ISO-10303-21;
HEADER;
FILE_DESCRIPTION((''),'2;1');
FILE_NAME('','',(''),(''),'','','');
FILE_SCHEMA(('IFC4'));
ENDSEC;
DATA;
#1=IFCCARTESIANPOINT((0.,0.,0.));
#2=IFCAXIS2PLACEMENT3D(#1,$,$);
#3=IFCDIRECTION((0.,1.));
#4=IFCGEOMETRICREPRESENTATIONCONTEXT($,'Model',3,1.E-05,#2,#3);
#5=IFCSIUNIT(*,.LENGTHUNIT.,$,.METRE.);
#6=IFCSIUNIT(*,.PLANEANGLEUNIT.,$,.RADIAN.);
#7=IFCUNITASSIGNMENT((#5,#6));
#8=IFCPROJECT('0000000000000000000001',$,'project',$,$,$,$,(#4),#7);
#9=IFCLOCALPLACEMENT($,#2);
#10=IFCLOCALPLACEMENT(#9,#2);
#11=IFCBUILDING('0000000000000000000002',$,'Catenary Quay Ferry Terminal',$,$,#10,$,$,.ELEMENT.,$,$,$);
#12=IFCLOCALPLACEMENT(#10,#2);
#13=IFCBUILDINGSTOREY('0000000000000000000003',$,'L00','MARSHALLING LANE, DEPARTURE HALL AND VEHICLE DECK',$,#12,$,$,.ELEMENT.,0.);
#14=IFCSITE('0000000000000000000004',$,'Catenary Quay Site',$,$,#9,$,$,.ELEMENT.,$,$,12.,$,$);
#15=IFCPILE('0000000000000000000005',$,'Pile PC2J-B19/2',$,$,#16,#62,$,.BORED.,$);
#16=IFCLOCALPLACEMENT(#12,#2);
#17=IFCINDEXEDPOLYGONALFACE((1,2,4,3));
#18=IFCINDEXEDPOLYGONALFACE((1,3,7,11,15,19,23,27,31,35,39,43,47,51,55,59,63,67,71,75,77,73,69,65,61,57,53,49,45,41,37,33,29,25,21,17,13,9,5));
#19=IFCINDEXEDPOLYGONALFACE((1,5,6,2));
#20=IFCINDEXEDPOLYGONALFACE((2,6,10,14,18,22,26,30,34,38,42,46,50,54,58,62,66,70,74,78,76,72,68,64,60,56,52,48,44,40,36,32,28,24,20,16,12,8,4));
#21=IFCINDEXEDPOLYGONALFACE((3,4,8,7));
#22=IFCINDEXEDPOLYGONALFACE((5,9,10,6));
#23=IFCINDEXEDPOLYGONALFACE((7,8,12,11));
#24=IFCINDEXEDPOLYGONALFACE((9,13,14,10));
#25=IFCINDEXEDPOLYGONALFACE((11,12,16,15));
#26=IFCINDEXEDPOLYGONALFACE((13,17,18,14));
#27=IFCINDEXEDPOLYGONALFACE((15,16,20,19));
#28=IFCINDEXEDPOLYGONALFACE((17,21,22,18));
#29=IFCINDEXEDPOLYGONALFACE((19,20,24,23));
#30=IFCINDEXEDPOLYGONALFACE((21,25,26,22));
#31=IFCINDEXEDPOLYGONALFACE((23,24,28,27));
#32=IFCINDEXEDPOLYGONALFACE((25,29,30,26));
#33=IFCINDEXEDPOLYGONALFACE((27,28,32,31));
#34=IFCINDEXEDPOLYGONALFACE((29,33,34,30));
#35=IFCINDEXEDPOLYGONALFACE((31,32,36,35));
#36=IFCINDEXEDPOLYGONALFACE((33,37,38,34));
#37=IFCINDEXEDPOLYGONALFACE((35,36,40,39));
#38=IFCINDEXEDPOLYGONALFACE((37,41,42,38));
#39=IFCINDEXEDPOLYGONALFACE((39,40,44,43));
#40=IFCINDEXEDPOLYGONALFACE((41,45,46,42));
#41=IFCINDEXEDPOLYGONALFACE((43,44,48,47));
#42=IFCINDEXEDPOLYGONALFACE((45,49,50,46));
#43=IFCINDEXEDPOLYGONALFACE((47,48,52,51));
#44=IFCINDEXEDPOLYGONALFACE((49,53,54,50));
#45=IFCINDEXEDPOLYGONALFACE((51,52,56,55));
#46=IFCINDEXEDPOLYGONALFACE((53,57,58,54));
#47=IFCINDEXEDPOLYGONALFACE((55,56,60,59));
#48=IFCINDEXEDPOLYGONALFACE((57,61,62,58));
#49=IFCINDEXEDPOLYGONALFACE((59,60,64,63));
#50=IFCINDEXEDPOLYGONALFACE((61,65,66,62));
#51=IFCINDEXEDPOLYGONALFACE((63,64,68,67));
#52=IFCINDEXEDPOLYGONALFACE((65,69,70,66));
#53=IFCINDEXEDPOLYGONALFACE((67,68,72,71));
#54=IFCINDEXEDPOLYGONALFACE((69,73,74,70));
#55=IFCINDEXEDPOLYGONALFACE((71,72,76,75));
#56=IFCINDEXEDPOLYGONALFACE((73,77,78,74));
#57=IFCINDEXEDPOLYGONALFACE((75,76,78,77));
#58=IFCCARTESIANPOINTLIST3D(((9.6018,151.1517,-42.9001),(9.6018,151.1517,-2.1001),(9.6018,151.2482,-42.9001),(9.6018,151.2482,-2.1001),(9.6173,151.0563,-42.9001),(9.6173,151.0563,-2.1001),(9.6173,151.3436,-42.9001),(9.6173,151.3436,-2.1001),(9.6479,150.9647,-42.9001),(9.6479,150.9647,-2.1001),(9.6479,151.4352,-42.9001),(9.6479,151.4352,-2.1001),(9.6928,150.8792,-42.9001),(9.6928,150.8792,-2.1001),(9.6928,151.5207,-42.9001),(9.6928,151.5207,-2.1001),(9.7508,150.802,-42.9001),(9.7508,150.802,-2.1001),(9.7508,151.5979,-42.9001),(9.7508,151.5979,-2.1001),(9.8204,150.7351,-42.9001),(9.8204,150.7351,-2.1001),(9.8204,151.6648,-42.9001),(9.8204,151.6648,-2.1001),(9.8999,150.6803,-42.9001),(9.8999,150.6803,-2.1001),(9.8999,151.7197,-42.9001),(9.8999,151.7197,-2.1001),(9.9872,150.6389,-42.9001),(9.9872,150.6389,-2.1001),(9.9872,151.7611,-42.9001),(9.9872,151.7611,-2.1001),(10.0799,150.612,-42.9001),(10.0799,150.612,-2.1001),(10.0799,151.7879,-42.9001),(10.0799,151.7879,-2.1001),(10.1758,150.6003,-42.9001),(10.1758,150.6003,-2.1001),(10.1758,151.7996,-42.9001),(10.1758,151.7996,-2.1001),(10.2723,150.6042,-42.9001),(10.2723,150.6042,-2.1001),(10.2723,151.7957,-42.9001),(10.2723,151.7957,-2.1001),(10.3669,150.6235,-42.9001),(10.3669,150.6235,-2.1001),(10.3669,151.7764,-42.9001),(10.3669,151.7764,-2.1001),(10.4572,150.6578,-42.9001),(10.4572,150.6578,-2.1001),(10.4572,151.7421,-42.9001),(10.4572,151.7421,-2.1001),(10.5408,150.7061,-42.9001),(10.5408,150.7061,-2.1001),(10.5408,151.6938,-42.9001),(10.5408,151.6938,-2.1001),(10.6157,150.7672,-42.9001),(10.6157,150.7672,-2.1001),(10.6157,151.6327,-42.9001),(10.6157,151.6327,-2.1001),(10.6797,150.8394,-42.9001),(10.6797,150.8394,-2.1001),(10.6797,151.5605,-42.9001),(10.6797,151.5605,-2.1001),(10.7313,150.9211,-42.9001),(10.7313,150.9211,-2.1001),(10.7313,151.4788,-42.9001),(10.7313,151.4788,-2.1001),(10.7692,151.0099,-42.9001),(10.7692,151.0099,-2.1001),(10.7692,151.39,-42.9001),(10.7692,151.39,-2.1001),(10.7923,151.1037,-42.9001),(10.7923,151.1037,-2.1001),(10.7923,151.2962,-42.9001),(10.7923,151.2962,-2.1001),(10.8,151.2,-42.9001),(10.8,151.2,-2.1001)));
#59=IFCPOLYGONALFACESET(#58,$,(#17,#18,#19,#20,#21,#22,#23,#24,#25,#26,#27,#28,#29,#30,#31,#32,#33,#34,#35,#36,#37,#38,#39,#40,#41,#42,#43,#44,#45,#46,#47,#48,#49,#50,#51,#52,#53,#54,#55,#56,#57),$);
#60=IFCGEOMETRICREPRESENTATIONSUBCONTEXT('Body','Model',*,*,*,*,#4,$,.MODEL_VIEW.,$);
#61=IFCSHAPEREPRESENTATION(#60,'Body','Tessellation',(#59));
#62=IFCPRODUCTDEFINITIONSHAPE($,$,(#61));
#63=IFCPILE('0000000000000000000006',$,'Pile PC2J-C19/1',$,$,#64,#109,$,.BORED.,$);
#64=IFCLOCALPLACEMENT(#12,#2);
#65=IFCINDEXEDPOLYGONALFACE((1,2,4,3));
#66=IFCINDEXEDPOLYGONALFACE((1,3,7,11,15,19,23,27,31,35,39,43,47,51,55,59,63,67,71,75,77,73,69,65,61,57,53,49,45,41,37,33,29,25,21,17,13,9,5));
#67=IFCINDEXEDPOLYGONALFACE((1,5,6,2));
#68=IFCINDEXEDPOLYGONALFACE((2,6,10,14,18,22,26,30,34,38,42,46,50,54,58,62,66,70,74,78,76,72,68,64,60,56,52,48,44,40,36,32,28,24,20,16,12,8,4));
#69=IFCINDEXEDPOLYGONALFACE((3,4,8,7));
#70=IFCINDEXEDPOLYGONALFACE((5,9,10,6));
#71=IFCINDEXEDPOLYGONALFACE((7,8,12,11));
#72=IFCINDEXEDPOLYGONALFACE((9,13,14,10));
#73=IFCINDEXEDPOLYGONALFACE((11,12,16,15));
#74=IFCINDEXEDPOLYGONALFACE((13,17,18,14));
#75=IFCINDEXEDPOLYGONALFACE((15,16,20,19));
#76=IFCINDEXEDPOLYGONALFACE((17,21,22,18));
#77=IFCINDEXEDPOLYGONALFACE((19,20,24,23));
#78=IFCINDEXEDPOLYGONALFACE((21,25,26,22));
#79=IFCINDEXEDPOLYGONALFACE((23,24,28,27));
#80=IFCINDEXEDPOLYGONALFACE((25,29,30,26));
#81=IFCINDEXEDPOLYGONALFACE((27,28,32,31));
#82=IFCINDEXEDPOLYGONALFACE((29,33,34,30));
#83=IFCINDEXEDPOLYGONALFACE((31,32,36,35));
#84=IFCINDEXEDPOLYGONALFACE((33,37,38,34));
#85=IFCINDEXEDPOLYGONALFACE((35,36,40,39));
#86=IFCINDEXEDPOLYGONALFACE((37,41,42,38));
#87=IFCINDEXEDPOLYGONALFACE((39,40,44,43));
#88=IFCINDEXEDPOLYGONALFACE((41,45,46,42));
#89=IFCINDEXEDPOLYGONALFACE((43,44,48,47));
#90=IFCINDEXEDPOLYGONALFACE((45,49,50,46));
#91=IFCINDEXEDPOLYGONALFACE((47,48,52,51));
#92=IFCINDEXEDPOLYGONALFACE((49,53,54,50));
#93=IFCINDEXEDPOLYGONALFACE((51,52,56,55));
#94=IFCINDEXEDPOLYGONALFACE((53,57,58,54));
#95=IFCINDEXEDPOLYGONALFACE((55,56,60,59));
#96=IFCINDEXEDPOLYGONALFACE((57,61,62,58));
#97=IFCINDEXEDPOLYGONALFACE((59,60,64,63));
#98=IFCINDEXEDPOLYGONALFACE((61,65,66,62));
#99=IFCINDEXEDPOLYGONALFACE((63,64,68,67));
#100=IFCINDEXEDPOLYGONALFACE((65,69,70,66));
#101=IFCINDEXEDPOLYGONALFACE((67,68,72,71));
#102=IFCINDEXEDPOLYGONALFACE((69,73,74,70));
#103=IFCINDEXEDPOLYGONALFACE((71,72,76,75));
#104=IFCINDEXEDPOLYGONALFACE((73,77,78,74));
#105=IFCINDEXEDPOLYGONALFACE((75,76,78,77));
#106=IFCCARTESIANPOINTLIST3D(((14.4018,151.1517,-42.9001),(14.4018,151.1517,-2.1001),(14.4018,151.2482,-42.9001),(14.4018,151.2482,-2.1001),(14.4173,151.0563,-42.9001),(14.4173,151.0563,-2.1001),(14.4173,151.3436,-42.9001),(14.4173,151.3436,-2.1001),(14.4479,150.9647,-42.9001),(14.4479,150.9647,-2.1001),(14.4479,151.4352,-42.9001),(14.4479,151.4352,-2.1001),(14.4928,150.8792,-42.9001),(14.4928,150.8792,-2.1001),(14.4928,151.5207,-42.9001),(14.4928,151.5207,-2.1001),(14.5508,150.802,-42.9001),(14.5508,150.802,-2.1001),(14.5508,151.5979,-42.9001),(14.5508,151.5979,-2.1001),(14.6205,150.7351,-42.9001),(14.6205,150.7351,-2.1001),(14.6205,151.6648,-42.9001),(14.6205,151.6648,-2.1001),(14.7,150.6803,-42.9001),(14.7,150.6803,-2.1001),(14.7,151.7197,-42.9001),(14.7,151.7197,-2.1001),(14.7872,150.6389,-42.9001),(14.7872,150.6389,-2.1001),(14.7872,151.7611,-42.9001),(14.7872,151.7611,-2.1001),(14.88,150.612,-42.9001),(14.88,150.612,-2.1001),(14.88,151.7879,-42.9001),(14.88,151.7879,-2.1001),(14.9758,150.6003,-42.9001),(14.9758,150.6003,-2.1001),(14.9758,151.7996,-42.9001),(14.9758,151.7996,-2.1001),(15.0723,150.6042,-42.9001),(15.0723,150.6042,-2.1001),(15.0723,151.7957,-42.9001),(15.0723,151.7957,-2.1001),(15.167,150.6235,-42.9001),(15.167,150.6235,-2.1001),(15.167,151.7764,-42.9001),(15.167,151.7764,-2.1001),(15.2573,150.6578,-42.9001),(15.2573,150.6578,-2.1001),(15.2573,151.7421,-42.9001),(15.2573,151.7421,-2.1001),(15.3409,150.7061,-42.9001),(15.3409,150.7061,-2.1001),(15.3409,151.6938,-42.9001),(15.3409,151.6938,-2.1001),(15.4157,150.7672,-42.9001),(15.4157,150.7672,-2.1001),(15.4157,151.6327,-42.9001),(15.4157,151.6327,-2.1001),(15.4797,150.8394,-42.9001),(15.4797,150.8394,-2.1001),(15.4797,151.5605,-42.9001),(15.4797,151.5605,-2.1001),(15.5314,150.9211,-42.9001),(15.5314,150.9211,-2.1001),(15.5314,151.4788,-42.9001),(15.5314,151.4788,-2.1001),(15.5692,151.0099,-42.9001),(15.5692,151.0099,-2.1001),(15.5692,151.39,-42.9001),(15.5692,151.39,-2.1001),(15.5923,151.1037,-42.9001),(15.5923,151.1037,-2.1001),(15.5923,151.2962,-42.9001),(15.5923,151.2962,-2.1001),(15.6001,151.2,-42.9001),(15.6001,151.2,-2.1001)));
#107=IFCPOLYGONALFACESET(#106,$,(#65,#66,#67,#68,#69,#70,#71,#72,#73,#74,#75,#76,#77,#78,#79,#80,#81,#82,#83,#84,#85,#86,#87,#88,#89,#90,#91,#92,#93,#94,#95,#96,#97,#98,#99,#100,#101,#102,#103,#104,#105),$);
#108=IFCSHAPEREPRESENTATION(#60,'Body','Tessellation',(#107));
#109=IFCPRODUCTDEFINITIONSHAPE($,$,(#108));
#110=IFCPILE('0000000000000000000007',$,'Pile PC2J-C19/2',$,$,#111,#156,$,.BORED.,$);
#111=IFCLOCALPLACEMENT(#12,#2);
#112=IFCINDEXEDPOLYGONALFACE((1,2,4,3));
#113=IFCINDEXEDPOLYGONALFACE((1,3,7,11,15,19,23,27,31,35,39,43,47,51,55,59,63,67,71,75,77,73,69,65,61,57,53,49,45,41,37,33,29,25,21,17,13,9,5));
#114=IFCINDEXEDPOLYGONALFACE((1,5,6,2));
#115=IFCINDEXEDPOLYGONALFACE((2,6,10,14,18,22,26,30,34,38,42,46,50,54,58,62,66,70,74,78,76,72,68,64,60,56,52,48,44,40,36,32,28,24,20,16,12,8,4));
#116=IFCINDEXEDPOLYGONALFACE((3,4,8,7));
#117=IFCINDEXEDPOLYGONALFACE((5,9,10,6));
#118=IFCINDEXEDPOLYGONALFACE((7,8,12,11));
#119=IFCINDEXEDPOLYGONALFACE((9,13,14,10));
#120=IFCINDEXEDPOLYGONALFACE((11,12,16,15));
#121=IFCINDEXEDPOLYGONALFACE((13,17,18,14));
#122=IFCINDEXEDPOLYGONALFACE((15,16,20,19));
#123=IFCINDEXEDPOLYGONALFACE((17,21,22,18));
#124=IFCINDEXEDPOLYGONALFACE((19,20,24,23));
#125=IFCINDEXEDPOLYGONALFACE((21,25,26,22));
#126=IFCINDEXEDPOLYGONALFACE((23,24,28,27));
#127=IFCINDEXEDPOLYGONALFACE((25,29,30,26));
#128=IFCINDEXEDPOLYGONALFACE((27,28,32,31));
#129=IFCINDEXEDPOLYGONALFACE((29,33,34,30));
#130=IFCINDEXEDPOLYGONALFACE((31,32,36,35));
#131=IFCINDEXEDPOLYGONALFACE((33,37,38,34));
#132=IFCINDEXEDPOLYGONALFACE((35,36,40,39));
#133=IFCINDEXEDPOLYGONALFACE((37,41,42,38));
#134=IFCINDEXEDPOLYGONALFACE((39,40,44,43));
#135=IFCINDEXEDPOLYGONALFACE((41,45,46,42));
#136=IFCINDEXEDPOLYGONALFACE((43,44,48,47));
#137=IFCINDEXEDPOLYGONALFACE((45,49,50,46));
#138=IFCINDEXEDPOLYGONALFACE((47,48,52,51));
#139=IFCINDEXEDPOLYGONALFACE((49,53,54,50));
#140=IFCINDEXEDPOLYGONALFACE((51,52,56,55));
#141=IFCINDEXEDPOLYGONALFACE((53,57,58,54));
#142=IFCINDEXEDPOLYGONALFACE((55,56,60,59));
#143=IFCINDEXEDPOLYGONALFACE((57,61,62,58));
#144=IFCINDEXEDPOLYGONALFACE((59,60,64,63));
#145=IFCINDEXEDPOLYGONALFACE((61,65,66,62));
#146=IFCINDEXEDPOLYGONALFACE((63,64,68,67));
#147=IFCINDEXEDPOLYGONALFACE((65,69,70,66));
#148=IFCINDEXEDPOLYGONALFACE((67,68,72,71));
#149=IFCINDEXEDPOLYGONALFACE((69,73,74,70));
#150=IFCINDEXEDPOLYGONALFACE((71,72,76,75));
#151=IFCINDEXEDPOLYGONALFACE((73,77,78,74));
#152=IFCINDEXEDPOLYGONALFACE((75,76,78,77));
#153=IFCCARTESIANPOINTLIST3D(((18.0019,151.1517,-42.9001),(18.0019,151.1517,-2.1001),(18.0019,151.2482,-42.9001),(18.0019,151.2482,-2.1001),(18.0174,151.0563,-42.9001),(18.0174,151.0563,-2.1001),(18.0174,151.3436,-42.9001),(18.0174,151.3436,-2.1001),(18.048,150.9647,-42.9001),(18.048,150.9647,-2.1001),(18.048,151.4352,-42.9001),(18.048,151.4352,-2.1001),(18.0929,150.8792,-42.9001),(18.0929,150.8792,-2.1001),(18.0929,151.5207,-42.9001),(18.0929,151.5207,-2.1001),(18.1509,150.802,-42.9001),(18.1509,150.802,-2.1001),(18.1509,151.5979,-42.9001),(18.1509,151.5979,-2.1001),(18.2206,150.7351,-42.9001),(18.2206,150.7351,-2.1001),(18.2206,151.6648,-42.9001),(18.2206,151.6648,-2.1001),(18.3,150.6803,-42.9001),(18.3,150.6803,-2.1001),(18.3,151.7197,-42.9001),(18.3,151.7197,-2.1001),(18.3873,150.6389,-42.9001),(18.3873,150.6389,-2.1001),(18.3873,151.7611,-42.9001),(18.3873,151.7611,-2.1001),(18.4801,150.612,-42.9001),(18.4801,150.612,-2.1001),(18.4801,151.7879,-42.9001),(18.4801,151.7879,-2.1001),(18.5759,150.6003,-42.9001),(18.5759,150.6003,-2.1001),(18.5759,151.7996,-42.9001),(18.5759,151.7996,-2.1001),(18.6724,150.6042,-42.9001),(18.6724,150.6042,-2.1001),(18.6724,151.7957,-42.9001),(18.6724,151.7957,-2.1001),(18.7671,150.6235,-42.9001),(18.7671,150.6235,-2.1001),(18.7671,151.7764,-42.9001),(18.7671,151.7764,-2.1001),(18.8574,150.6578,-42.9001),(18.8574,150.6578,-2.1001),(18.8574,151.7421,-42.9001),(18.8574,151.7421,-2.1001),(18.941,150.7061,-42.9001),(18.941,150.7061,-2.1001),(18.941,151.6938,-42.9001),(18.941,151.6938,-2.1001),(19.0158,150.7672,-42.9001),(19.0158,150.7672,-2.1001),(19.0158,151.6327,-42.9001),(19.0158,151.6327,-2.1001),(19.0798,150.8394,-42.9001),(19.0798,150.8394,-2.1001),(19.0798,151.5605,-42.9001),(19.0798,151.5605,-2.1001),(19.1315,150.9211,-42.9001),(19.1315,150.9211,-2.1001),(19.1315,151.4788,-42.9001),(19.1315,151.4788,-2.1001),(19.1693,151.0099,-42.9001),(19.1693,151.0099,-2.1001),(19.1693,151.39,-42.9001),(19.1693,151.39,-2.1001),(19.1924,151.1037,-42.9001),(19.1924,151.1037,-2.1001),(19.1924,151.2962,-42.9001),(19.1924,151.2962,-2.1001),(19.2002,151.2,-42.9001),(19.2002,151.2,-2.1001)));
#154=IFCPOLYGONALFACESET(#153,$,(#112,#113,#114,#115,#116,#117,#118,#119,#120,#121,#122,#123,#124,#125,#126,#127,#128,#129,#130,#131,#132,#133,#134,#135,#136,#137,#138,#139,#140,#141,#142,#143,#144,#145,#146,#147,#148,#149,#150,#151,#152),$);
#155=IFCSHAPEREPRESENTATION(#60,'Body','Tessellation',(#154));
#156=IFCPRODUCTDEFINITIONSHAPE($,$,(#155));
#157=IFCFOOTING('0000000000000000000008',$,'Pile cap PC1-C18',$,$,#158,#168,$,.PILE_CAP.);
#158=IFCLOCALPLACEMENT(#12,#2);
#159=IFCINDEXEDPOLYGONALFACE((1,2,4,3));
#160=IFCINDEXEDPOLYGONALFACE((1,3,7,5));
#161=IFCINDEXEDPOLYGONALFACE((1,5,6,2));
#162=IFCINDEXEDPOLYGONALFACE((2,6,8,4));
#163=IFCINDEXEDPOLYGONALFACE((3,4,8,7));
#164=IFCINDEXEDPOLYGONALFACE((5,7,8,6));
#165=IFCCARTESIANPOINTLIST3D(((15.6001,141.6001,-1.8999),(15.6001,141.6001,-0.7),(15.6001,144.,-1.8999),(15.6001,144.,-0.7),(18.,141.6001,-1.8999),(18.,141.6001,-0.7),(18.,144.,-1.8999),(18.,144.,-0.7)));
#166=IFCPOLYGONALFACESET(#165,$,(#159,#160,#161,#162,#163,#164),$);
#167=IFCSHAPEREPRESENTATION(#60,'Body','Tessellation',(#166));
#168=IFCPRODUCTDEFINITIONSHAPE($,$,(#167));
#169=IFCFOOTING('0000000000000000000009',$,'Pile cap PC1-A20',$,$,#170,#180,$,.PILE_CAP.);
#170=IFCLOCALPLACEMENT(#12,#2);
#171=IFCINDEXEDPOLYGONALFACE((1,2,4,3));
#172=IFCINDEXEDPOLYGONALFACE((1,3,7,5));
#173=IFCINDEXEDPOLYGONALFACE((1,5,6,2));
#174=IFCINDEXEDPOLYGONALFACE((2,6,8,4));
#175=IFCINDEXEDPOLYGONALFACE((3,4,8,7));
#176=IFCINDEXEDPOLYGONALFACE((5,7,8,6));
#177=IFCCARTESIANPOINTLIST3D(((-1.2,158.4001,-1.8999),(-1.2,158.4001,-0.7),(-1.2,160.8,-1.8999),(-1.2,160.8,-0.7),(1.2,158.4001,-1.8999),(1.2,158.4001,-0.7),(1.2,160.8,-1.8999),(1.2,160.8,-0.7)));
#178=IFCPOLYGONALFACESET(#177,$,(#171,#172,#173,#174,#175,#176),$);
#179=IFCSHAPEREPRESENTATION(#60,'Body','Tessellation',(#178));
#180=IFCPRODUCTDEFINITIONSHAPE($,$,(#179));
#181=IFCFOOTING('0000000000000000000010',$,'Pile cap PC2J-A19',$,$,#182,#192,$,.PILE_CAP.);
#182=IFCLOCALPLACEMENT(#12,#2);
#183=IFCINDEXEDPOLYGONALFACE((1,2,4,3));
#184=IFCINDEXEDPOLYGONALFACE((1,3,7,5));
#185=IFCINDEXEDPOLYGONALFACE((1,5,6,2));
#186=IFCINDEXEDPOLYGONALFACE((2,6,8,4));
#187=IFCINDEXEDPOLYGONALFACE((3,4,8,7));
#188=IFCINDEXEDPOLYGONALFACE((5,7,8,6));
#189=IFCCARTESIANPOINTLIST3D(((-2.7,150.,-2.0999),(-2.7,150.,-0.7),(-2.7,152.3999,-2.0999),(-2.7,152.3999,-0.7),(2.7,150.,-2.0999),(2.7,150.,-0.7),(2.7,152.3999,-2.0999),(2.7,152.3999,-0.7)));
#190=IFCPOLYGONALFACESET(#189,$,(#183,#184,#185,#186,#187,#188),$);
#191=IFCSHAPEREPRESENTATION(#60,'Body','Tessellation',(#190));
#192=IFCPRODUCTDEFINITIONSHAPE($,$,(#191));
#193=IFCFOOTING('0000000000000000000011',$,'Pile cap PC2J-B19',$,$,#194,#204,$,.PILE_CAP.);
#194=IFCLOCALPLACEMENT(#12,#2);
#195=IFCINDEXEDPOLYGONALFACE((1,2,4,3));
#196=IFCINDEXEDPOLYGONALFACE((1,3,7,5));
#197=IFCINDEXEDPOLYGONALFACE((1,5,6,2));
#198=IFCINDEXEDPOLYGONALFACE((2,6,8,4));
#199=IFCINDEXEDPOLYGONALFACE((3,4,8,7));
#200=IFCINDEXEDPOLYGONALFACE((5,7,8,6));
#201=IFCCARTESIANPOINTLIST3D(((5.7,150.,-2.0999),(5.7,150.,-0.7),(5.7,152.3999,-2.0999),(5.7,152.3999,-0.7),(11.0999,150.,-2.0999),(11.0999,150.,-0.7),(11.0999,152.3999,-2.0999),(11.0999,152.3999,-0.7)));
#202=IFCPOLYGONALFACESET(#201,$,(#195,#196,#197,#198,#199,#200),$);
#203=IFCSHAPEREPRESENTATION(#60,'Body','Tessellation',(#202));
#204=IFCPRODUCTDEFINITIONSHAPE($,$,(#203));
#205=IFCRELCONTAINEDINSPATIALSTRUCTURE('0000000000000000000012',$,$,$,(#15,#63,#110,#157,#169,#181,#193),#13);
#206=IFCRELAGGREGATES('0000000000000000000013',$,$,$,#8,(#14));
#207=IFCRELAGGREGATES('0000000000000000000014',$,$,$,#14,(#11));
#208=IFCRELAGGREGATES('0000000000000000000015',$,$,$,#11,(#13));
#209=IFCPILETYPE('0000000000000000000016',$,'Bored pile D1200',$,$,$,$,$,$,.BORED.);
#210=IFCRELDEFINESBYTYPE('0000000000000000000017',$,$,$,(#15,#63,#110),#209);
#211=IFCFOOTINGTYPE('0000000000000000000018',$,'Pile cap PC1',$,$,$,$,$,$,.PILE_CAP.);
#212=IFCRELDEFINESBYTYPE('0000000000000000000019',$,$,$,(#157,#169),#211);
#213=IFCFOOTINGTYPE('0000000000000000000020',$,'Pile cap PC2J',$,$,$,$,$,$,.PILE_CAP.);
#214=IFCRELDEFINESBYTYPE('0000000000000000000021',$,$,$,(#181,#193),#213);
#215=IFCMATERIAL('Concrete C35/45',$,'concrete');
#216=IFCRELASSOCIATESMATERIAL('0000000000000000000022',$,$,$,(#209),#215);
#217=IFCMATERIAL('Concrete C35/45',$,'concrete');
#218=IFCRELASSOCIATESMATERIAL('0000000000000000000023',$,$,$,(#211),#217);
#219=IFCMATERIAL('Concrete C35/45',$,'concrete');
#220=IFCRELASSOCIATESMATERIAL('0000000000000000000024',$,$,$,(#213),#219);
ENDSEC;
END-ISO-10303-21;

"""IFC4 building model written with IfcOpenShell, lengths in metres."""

from ifc_helpers import new_model, si_unit, direction, frame, origin, origin_2d, place, context, subcontext, project, spatial, rectangle, circle, extrude, material, material_profile, profile_set, type_object, element, save


model = new_model("IFC4")

# Units and contexts
model_context = context("Model", 3, precision=1e-05, world=origin(), true_north=direction((0.0, 1.0)))
body_context = subcontext(model_context, "Body", "Model", "MODEL_VIEW")
ifc_project = project(units=[si_unit("LENGTHUNIT", "METRE"), si_unit("PLANEANGLEUNIT", "RADIAN")], contexts=[model_context])

# Site, building, storey
site_placement = place(None, origin())
site = spatial("IfcSite", under=ifc_project, at=site_placement, Name="Catenary Quay Site", CompositionType="ELEMENT", RefElevation=12.0)
building_placement = place(site_placement, origin())
building = spatial("IfcBuilding", under=site, at=building_placement, Name="Catenary Quay Ferry Terminal", CompositionType="ELEMENT")
storey_placement = place(building_placement, origin())
storey = spatial("IfcBuildingStorey", under=building, at=storey_placement, Name="L00", Description="MARSHALLING LANE, DEPARTURE HALL AND VEHICLE DECK", CompositionType="ELEMENT", Elevation=0.0)

# Piles
ifc_material_1 = material(Name="Concrete C35/45", Category="concrete")
ifc_material_profile_1 = material_profile(ifc_material_1, circle(Radius=0.6001, at=origin_2d()), Name="D1200")
ifc_profile_set_1 = profile_set([ifc_material_profile_1], Name="Concrete C35/45")
pile_type = type_object("IfcPileType", Name="Bored pile D1200", PredefinedType="BORED", material=ifc_profile_set_1)
for number, where, z_axis, x_axis, name in (
    (1, (10.2, 151.2, -2.1001), (0.0, 0.0, -1.0), (1.0, 0.0, 0.0), "Pile PC2J-B19/2"),
    (2, (15.0, 151.2, -2.1001), (0.0, 0.0, -1.0), (1.0, 0.0, 0.0), "Pile PC2J-C19/1"),
    (3, (18.6001, 151.2, -2.1001), (0.0, 0.0, -1.0), (1.0, 0.0, 0.0), "Pile PC2J-C19/2"),
):
    element("IfcPile", number, at=place(storey_placement, frame(where, z_axis=z_axis, x_axis=x_axis)), inside=storey, type_object=pile_type, Name=name, PredefinedType="BORED", context=body_context, shape_type="SweptSolid", body=[
        extrude(circle(Radius=0.6001, at=origin_2d()), origin(), (0.0, 0.0, 1.0), 40.8),
    ])

# Footings
ifc_material_2 = material(Name="Concrete C35/45", Category="concrete")
footing_type_1 = type_object("IfcFootingType", Name="Pile cap PC1", PredefinedType="PILE_CAP", material=ifc_material_2)
for number, where, z_axis, x_axis, name in (
    (4, (16.8, 142.8, -1.8999), (0.0, 0.0, 1.0), (1.0, 0.0, 0.0), "Pile cap PC1-C18"),
    (5, (0.0, 159.6001, -1.8999), (0.0, 0.0, 1.0), (1.0, 0.0, 0.0), "Pile cap PC1-A20"),
):
    element("IfcFooting", number, at=place(storey_placement, frame(where, z_axis=z_axis, x_axis=x_axis)), inside=storey, type_object=footing_type_1, Name=name, PredefinedType="PILE_CAP", context=body_context, shape_type="SweptSolid", body=[
        extrude(rectangle(XDim=2.3999, YDim=2.3999, at=origin_2d()), origin(), (0.0, 0.0, 1.0), 1.2),
    ])
ifc_material_3 = material(Name="Concrete C35/45", Category="concrete")
footing_type_2 = type_object("IfcFootingType", Name="Pile cap PC2J", PredefinedType="PILE_CAP", material=ifc_material_3)
for number, where, z_axis, x_axis, name in (
    (6, (0.0, 151.2, -2.0999), (0.0, 0.0, 1.0), (1.0, 0.0, 0.0), "Pile cap PC2J-A19"),
    (7, (8.3999, 151.2, -2.0999), (0.0, 0.0, 1.0), (1.0, 0.0, 0.0), "Pile cap PC2J-B19"),
):
    element("IfcFooting", number, at=place(storey_placement, frame(where, z_axis=z_axis, x_axis=x_axis)), inside=storey, type_object=footing_type_2, Name=name, PredefinedType="PILE_CAP", context=body_context, shape_type="SweptSolid", body=[
        extrude(rectangle(XDim=5.3999, YDim=2.3999, at=origin_2d()), origin(), (0.0, 0.0, 1.0), 1.3999),
    ])

save(model, "model.ifc")
